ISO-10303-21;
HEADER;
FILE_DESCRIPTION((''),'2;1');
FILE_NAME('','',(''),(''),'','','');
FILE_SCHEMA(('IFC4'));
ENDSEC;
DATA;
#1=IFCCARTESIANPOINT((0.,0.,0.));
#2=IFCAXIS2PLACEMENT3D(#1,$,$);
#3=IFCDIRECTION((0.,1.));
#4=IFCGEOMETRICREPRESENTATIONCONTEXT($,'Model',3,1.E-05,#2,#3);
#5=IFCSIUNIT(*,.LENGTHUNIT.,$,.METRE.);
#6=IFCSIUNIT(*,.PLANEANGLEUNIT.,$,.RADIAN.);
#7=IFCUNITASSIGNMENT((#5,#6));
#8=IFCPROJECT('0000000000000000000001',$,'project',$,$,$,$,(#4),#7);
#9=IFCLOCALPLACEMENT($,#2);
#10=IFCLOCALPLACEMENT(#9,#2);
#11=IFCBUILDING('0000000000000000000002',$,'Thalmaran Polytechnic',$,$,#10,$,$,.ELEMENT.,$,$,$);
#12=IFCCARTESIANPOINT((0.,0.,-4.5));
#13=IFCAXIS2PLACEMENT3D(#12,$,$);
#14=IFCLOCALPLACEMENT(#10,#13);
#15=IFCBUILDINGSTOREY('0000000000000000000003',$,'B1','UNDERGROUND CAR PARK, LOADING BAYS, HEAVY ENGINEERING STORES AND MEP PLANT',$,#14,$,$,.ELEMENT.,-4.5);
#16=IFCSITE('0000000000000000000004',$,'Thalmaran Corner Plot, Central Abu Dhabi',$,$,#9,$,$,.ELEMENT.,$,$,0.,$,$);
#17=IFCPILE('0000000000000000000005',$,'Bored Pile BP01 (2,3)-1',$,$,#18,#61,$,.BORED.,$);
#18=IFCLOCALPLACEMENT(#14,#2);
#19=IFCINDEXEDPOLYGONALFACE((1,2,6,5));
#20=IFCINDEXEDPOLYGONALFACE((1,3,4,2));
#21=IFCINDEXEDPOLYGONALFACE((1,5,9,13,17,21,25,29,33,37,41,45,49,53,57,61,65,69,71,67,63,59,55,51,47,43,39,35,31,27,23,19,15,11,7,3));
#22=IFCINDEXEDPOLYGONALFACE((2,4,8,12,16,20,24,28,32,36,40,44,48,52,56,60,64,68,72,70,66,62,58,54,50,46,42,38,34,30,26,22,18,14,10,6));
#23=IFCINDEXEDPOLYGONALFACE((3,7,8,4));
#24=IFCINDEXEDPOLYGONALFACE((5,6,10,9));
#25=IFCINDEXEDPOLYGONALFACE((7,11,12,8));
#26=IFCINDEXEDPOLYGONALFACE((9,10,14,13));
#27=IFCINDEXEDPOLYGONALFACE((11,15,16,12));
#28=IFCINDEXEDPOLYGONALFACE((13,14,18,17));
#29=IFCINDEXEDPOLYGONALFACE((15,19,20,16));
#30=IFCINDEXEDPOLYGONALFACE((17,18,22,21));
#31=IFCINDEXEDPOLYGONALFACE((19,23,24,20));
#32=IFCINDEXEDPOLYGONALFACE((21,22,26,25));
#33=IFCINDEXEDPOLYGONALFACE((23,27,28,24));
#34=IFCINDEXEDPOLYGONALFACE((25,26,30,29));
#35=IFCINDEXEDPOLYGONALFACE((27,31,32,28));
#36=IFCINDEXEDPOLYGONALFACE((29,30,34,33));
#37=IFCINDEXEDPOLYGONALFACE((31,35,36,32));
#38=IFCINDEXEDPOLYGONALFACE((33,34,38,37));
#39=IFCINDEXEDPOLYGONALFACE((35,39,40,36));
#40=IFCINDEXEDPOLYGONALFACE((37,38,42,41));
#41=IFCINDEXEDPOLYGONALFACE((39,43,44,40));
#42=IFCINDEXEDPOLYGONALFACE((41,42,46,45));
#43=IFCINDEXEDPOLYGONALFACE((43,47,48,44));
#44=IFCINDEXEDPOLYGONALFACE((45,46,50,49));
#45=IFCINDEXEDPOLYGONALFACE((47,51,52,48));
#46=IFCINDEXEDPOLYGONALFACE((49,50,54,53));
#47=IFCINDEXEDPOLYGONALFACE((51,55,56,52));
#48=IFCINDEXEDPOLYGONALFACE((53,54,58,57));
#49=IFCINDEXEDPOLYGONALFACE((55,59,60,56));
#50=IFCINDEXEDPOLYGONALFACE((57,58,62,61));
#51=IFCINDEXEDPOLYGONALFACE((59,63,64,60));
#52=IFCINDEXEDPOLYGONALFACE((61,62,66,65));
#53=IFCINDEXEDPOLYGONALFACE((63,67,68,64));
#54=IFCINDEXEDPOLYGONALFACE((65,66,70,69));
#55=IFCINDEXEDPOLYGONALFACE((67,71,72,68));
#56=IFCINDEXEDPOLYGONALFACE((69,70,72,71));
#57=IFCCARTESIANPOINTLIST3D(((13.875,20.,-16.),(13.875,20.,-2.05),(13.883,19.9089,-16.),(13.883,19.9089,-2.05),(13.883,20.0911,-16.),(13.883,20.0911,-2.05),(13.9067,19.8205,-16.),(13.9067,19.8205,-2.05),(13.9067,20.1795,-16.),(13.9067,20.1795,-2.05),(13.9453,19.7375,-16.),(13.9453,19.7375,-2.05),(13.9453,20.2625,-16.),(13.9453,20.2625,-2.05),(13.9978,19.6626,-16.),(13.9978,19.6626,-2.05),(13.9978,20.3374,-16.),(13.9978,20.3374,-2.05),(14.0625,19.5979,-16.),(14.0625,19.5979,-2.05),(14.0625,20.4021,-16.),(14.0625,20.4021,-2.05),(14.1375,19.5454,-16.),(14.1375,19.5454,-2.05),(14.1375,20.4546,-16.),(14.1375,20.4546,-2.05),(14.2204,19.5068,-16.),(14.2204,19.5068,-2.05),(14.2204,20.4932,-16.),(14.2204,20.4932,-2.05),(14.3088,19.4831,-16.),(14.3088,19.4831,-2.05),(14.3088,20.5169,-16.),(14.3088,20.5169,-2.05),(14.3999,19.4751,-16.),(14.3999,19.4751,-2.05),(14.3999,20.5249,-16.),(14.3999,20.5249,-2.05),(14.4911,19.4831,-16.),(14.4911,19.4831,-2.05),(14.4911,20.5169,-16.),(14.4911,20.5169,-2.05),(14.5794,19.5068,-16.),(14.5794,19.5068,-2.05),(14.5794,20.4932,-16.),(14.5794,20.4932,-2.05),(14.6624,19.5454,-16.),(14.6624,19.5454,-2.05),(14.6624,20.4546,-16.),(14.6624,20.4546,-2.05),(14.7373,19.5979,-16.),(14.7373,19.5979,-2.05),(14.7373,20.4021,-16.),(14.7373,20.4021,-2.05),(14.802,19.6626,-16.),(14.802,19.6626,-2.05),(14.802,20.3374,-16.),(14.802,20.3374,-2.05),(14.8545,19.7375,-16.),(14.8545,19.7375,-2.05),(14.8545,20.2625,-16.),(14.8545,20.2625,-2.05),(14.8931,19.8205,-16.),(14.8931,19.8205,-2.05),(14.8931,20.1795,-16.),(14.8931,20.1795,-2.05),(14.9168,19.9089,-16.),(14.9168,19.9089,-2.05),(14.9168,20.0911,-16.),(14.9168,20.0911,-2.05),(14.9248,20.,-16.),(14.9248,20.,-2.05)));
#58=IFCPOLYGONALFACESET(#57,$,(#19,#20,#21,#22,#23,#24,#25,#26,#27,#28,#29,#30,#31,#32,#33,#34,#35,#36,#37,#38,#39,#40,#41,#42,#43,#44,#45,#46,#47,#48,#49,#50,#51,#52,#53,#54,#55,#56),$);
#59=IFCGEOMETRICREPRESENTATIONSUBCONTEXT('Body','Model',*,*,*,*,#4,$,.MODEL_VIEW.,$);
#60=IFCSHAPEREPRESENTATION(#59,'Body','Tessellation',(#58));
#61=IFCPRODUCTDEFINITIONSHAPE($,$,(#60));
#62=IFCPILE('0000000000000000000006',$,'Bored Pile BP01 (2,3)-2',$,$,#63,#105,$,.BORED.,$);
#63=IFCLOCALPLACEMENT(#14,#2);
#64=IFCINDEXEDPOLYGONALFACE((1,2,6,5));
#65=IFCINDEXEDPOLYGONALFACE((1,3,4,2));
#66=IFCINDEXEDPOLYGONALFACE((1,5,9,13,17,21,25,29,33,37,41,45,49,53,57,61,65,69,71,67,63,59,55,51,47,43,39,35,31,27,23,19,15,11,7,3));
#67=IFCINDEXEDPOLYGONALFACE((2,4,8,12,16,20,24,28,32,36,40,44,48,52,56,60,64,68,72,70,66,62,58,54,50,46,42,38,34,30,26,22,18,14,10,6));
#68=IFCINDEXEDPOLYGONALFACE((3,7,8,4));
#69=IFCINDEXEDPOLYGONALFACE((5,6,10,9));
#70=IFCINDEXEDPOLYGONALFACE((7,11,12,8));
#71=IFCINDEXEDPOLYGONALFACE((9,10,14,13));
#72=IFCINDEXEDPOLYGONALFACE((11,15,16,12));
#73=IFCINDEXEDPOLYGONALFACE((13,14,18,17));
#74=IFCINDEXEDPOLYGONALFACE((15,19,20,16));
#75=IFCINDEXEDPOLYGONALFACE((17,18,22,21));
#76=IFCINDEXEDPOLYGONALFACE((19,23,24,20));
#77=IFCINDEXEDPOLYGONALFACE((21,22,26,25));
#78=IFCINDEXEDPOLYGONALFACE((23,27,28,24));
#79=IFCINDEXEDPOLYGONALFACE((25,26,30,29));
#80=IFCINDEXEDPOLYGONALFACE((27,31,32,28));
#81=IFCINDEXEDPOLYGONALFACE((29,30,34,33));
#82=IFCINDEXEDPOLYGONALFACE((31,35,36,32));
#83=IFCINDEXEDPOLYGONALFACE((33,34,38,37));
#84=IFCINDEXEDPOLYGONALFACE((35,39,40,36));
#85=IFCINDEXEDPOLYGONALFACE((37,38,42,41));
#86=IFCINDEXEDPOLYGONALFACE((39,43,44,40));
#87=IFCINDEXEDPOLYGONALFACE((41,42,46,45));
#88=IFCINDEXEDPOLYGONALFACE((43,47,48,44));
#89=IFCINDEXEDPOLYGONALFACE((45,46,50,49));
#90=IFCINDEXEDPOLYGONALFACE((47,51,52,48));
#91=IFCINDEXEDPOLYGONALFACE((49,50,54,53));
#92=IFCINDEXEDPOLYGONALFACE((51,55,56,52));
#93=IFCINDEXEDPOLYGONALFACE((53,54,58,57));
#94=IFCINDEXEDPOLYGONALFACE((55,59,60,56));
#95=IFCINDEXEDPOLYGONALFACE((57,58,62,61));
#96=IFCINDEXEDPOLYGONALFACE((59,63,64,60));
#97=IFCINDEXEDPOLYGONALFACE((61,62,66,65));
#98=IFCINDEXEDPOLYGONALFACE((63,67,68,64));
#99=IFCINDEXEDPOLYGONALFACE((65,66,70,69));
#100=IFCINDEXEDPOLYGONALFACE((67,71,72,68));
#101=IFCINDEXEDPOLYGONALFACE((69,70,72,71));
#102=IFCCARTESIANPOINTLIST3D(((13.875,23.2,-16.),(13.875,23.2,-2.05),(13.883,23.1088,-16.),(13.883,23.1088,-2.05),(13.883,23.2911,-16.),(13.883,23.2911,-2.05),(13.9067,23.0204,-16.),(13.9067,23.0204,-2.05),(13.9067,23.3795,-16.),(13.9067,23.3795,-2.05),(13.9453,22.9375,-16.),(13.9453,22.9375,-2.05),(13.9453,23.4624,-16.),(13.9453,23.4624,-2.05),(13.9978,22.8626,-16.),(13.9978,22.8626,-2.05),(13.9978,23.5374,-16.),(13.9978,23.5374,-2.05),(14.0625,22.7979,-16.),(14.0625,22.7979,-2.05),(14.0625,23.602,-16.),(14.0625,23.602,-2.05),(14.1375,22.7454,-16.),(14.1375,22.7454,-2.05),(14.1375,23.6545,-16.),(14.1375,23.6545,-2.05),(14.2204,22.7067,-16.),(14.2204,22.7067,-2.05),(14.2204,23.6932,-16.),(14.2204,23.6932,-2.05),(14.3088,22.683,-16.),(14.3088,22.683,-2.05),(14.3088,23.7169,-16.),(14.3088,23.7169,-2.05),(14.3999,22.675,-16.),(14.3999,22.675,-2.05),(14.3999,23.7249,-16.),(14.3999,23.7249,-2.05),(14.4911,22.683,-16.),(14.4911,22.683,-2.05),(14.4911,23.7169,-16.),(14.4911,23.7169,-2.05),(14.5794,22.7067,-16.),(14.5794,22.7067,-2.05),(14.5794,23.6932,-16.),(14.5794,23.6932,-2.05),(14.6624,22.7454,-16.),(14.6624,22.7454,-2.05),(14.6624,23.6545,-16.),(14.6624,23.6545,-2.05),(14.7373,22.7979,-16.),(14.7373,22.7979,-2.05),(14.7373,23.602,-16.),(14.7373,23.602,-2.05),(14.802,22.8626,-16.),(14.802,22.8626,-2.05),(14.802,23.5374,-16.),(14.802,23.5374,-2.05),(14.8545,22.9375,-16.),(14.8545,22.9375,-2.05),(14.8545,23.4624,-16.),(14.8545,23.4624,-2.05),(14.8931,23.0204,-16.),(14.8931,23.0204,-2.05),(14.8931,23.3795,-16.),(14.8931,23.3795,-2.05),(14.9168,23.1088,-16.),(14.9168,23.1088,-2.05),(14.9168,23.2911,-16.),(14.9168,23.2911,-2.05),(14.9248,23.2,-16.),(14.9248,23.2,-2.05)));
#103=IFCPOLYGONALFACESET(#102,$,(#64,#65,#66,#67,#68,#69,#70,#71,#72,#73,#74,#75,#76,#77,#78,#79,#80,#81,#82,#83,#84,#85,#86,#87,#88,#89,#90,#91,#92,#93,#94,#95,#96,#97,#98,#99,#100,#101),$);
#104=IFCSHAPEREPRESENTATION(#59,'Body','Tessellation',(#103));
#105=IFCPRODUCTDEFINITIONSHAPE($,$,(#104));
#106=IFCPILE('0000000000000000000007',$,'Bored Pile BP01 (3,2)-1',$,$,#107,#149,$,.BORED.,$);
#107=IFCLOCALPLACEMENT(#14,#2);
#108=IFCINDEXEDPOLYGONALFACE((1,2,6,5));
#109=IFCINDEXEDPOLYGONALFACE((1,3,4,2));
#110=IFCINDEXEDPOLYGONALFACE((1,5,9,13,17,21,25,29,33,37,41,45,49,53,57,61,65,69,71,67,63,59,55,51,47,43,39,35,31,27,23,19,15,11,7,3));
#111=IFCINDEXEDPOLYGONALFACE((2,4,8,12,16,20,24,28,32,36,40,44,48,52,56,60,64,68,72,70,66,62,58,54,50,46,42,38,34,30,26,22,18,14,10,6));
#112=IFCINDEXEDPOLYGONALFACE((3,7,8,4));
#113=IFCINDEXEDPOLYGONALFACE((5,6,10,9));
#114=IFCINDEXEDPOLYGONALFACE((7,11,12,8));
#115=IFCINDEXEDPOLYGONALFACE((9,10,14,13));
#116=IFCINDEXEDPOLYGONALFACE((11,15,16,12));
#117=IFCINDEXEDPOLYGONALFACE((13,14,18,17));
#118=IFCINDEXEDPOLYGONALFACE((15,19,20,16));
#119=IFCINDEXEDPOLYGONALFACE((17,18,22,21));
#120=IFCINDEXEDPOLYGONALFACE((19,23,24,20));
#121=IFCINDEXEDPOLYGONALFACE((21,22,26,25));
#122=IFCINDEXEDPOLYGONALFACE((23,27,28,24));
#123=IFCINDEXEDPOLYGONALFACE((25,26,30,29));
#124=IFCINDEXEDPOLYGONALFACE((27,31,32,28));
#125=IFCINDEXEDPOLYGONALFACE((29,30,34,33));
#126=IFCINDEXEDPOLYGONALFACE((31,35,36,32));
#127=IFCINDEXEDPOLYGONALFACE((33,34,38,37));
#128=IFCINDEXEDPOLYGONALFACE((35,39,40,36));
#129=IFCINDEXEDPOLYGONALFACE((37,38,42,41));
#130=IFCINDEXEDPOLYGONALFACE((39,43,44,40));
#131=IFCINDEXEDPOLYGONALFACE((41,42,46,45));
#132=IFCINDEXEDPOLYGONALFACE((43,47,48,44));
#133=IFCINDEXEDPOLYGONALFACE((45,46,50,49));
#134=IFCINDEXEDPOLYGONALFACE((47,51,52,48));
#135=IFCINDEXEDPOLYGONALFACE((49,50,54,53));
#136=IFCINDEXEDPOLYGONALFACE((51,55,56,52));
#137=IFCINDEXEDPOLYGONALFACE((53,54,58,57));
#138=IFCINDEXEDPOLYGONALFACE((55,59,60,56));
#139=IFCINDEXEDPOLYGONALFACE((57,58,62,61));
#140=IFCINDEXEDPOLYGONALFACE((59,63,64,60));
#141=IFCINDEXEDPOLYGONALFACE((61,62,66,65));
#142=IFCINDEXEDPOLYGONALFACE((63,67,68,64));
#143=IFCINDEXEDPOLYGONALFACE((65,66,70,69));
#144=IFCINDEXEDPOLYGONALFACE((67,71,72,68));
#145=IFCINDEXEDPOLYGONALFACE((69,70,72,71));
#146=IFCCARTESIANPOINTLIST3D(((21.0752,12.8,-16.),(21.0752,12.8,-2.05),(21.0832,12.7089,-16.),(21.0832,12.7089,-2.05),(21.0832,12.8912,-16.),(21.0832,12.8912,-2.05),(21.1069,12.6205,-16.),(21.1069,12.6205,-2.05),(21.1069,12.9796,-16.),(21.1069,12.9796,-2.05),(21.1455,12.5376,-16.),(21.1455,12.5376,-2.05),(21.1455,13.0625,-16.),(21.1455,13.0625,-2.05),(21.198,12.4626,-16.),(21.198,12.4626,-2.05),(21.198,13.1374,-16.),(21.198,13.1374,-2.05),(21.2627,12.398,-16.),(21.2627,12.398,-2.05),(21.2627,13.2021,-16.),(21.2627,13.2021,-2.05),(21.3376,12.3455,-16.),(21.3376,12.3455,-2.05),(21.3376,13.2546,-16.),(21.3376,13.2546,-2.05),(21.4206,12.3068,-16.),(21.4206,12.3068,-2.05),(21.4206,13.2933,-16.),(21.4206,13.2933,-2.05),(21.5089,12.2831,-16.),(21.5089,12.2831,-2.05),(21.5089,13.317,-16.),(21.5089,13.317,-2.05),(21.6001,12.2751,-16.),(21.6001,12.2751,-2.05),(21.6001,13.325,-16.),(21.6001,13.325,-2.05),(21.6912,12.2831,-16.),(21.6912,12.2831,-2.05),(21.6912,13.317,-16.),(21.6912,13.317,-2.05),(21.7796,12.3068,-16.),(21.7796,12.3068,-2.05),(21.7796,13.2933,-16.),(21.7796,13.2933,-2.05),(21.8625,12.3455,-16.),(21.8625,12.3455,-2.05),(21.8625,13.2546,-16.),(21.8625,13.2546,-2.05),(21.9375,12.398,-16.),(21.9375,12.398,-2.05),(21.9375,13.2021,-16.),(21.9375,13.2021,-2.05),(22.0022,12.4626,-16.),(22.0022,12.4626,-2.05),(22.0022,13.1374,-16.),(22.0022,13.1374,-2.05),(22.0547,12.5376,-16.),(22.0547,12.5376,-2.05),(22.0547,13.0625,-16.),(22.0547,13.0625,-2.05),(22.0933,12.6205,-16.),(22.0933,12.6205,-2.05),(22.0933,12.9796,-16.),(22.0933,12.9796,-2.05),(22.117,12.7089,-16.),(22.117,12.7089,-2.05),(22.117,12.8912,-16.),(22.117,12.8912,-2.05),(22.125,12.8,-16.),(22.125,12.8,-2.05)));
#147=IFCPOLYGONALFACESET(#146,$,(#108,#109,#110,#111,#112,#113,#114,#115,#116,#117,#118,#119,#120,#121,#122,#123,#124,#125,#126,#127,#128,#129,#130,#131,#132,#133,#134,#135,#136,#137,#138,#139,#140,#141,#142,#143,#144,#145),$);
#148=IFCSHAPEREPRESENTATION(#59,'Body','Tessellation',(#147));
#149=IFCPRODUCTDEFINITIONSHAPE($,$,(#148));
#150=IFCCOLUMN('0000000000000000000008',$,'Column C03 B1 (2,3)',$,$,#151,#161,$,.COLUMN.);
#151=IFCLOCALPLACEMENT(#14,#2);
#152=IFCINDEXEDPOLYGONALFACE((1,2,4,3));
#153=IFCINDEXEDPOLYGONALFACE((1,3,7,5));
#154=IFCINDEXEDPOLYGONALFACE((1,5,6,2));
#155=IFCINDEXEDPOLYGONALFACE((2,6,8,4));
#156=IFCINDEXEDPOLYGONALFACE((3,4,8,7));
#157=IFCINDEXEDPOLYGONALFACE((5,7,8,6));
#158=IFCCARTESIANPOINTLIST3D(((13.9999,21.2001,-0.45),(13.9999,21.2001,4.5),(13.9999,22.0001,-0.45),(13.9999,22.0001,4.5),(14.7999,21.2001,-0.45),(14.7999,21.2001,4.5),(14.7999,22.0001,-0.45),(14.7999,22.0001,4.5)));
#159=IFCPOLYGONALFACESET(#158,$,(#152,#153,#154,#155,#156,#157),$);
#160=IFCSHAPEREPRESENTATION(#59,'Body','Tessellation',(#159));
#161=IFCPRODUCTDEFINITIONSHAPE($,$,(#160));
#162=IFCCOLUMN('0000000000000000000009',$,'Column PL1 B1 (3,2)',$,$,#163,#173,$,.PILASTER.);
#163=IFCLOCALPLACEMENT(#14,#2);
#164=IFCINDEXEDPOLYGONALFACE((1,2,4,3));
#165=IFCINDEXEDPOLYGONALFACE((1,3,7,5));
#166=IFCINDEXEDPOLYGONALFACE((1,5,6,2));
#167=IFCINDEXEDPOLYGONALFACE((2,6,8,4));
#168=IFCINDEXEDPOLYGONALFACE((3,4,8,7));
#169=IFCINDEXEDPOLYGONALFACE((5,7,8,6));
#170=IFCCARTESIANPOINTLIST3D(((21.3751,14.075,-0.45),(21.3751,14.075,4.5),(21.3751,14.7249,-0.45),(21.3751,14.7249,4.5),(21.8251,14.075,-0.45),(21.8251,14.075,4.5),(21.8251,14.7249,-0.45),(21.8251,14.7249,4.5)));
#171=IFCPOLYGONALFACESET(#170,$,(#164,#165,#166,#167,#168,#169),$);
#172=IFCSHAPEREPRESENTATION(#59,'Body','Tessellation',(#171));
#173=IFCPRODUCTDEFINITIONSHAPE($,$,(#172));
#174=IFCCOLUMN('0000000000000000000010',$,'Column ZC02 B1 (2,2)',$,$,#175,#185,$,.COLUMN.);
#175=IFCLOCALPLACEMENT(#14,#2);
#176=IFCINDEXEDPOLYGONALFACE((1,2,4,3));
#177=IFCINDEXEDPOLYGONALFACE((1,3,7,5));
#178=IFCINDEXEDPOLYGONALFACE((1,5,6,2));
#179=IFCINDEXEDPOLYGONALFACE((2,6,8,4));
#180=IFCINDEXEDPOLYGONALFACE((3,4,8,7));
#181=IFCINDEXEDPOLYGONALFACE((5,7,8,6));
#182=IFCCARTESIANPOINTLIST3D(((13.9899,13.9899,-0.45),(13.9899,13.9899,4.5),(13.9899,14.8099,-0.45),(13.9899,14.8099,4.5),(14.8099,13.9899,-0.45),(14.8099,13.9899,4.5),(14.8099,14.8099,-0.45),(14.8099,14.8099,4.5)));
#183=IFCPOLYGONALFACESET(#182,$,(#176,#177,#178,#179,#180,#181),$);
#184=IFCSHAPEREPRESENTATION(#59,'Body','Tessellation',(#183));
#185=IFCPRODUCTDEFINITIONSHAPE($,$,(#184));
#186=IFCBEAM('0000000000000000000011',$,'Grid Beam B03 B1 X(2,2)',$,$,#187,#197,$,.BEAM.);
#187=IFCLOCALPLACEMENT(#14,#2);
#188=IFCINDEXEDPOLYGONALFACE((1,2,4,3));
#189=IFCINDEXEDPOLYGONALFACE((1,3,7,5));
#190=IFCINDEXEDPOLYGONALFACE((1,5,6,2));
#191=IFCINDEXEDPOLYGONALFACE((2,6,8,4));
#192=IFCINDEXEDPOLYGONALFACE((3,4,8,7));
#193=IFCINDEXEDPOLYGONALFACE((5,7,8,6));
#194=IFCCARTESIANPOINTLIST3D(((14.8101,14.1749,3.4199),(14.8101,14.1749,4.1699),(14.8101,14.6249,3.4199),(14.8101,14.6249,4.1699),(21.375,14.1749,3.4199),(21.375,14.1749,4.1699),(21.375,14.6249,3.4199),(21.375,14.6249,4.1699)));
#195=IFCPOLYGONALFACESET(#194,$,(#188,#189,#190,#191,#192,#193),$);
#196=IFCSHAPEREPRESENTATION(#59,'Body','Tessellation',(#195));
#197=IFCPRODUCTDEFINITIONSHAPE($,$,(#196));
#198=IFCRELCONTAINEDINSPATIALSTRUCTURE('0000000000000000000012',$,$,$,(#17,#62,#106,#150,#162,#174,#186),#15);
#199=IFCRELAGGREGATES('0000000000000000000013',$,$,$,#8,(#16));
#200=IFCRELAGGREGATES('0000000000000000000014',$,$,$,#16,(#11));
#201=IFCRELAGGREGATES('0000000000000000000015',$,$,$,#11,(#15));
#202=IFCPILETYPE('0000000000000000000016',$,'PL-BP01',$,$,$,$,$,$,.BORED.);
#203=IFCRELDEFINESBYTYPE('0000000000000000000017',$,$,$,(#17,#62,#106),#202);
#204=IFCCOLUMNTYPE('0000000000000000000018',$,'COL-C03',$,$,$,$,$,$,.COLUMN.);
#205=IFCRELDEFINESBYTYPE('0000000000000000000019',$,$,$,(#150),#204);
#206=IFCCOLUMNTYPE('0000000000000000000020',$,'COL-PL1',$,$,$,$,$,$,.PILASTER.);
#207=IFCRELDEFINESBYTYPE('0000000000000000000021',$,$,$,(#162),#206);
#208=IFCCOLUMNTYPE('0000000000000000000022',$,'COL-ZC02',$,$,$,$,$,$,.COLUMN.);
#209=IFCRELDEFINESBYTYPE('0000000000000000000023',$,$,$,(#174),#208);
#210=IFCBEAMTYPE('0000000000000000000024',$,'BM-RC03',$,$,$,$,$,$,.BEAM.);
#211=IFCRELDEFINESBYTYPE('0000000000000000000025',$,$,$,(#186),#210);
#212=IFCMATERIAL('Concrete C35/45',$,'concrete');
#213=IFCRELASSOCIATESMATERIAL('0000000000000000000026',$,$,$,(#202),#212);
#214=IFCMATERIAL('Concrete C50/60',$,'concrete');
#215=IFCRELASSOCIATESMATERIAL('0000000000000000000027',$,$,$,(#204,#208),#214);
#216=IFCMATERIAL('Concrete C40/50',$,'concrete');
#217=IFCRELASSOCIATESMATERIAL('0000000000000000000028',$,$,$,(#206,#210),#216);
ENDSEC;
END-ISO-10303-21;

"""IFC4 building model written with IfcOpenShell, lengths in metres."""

from ifc_helpers import new_model, si_unit, direction, frame, origin, origin_2d, place, context, subcontext, project, spatial, rectangle, circle, extrude, material, material_profile, profile_set, type_object, element, save


model = new_model("IFC4")

# Units and contexts
model_context = context("Model", 3, precision=1e-05, world=origin(), true_north=direction((0.0, 1.0)))
body_context = subcontext(model_context, "Body", "Model", "MODEL_VIEW")
ifc_project = project(units=[si_unit("LENGTHUNIT", "METRE"), si_unit("PLANEANGLEUNIT", "RADIAN")], contexts=[model_context])

# Site, building, storey
site_placement = place(None, origin())
site = spatial("IfcSite", under=ifc_project, at=site_placement, Name="Thalmaran Corner Plot, Central Abu Dhabi", CompositionType="ELEMENT", RefElevation=0.0)
building_placement = place(site_placement, origin())
building = spatial("IfcBuilding", under=site, at=building_placement, Name="Thalmaran Polytechnic", CompositionType="ELEMENT")
storey_placement = place(building_placement, frame((0.0, 0.0, -4.5)))
storey = spatial("IfcBuildingStorey", under=building, at=storey_placement, Name="B1", Description="UNDERGROUND CAR PARK, LOADING BAYS, HEAVY ENGINEERING STORES AND MEP PLANT", CompositionType="ELEMENT", Elevation=-4.5)

# Shared definitions
ifc_material_1 = material(Name="Concrete C40/50", Category="concrete")

# Piles
ifc_material_2 = material(Name="Concrete C35/45", Category="concrete")
ifc_material_profile_1 = material_profile(ifc_material_2, circle(Radius=0.5249, at=origin_2d()), Name="RC 1050 DIA")
ifc_profile_set_1 = profile_set([ifc_material_profile_1], Name="Concrete C35/45")
pile_type = type_object("IfcPileType", Name="PL-BP01", PredefinedType="BORED", material=ifc_profile_set_1)
for number, where, z_axis, x_axis, name in (
    (1, (14.3999, 20.0, -2.05), (0.0, 0.0, -1.0), (1.0, 0.0, 0.0), "Bored Pile BP01 (2,3)-1"),
    (2, (14.3999, 23.2, -2.05), (0.0, 0.0, -1.0), (1.0, 0.0, 0.0), "Bored Pile BP01 (2,3)-2"),
    (3, (21.6001, 12.8, -2.05), (0.0, 0.0, -1.0), (1.0, 0.0, 0.0), "Bored Pile BP01 (3,2)-1"),
):
    element("IfcPile", number, at=place(storey_placement, frame(where, z_axis=z_axis, x_axis=x_axis)), inside=storey, type_object=pile_type, Name=name, PredefinedType="BORED", context=body_context, shape_type="SweptSolid", body=[
        extrude(circle(Radius=0.5249, at=origin_2d()), origin(), (0.0, 0.0, 1.0), 13.95),
    ])

# Columns
ifc_material_3 = material(Name="Concrete C50/60", Category="concrete")
ifc_material_profile_2 = material_profile(ifc_material_3, rectangle(XDim=0.8, YDim=0.8, at=origin_2d()), Name="RC 800x800")
ifc_profile_set_2 = profile_set([ifc_material_profile_2], Name="Concrete C50/60")
column_type_1 = type_object("IfcColumnType", Name="COL-C03", PredefinedType="COLUMN", material=ifc_profile_set_2)
column_1_placement = place(storey_placement, frame((14.3999, 21.6001, -0.45), z_axis=(0.0, 0.0, 1.0), x_axis=(1.0, 0.0, 0.0)))
element("IfcColumn", 4, at=column_1_placement, inside=storey, type_object=column_type_1, Name="Column C03 B1 (2,3)", PredefinedType="COLUMN", context=body_context, shape_type="SweptSolid", body=[
    extrude(rectangle(XDim=0.8, YDim=0.8, at=origin_2d()), origin(), (0.0, 0.0, 1.0), 4.95),
])
ifc_material_profile_3 = material_profile(ifc_material_1, rectangle(XDim=0.45, YDim=0.6499, at=origin_2d()), Name="RC 450x650")
ifc_profile_set_3 = profile_set([ifc_material_profile_3], Name="Concrete C40/50")
column_type_2 = type_object("IfcColumnType", Name="COL-PL1", PredefinedType="PILASTER", material=ifc_profile_set_3)
column_2_placement = place(storey_placement, frame((21.6001, 14.3999, -0.45), z_axis=(0.0, 0.0, 1.0), x_axis=(1.0, 0.0, 0.0)))
element("IfcColumn", 5, at=column_2_placement, inside=storey, type_object=column_type_2, Name="Column PL1 B1 (3,2)", PredefinedType="PILASTER", context=body_context, shape_type="SweptSolid", body=[
    extrude(rectangle(XDim=0.45, YDim=0.6499, at=origin_2d()), origin(), (0.0, 0.0, 1.0), 4.95),
])
ifc_material_profile_4 = material_profile(ifc_material_3, rectangle(XDim=0.8201, YDim=0.8201, at=origin_2d()), Name="RC 820x820")
ifc_profile_set_4 = profile_set([ifc_material_profile_4], Name="Concrete C50/60")
column_type_3 = type_object("IfcColumnType", Name="COL-ZC02", PredefinedType="COLUMN", material=ifc_profile_set_4)
column_3_placement = place(storey_placement, frame((14.3999, 14.3999, -0.45), z_axis=(0.0, 0.0, 1.0), x_axis=(1.0, 0.0, 0.0)))
element("IfcColumn", 6, at=column_3_placement, inside=storey, type_object=column_type_3, Name="Column ZC02 B1 (2,2)", PredefinedType="COLUMN", context=body_context, shape_type="SweptSolid", body=[
    extrude(rectangle(XDim=0.8201, YDim=0.8201, at=origin_2d()), origin(), (0.0, 0.0, 1.0), 4.95),
])

# Beam
ifc_material_profile_5 = material_profile(ifc_material_1, rectangle(XDim=0.45, YDim=0.75, at=origin_2d()), Name="RC 450x750")
ifc_profile_set_5 = profile_set([ifc_material_profile_5], Name="Concrete C40/50")
beam_type_1 = type_object("IfcBeamType", Name="BM-RC03", PredefinedType="BEAM", material=ifc_profile_set_5)
beam_1_placement = place(storey_placement, frame((14.8101, 14.3999, 3.7949), z_axis=(1.0, 0.0, 0.0), x_axis=(0.0, 1.0, 0.0)))
element("IfcBeam", 7, at=beam_1_placement, inside=storey, type_object=beam_type_1, Name="Grid Beam B03 B1 X(2,2)", PredefinedType="BEAM", context=body_context, shape_type="SweptSolid", body=[
    extrude(rectangle(XDim=0.45, YDim=0.75, at=origin_2d()), origin(), (0.0, 0.0, 1.0), 6.5649),
])

save(model, "model.ifc")
